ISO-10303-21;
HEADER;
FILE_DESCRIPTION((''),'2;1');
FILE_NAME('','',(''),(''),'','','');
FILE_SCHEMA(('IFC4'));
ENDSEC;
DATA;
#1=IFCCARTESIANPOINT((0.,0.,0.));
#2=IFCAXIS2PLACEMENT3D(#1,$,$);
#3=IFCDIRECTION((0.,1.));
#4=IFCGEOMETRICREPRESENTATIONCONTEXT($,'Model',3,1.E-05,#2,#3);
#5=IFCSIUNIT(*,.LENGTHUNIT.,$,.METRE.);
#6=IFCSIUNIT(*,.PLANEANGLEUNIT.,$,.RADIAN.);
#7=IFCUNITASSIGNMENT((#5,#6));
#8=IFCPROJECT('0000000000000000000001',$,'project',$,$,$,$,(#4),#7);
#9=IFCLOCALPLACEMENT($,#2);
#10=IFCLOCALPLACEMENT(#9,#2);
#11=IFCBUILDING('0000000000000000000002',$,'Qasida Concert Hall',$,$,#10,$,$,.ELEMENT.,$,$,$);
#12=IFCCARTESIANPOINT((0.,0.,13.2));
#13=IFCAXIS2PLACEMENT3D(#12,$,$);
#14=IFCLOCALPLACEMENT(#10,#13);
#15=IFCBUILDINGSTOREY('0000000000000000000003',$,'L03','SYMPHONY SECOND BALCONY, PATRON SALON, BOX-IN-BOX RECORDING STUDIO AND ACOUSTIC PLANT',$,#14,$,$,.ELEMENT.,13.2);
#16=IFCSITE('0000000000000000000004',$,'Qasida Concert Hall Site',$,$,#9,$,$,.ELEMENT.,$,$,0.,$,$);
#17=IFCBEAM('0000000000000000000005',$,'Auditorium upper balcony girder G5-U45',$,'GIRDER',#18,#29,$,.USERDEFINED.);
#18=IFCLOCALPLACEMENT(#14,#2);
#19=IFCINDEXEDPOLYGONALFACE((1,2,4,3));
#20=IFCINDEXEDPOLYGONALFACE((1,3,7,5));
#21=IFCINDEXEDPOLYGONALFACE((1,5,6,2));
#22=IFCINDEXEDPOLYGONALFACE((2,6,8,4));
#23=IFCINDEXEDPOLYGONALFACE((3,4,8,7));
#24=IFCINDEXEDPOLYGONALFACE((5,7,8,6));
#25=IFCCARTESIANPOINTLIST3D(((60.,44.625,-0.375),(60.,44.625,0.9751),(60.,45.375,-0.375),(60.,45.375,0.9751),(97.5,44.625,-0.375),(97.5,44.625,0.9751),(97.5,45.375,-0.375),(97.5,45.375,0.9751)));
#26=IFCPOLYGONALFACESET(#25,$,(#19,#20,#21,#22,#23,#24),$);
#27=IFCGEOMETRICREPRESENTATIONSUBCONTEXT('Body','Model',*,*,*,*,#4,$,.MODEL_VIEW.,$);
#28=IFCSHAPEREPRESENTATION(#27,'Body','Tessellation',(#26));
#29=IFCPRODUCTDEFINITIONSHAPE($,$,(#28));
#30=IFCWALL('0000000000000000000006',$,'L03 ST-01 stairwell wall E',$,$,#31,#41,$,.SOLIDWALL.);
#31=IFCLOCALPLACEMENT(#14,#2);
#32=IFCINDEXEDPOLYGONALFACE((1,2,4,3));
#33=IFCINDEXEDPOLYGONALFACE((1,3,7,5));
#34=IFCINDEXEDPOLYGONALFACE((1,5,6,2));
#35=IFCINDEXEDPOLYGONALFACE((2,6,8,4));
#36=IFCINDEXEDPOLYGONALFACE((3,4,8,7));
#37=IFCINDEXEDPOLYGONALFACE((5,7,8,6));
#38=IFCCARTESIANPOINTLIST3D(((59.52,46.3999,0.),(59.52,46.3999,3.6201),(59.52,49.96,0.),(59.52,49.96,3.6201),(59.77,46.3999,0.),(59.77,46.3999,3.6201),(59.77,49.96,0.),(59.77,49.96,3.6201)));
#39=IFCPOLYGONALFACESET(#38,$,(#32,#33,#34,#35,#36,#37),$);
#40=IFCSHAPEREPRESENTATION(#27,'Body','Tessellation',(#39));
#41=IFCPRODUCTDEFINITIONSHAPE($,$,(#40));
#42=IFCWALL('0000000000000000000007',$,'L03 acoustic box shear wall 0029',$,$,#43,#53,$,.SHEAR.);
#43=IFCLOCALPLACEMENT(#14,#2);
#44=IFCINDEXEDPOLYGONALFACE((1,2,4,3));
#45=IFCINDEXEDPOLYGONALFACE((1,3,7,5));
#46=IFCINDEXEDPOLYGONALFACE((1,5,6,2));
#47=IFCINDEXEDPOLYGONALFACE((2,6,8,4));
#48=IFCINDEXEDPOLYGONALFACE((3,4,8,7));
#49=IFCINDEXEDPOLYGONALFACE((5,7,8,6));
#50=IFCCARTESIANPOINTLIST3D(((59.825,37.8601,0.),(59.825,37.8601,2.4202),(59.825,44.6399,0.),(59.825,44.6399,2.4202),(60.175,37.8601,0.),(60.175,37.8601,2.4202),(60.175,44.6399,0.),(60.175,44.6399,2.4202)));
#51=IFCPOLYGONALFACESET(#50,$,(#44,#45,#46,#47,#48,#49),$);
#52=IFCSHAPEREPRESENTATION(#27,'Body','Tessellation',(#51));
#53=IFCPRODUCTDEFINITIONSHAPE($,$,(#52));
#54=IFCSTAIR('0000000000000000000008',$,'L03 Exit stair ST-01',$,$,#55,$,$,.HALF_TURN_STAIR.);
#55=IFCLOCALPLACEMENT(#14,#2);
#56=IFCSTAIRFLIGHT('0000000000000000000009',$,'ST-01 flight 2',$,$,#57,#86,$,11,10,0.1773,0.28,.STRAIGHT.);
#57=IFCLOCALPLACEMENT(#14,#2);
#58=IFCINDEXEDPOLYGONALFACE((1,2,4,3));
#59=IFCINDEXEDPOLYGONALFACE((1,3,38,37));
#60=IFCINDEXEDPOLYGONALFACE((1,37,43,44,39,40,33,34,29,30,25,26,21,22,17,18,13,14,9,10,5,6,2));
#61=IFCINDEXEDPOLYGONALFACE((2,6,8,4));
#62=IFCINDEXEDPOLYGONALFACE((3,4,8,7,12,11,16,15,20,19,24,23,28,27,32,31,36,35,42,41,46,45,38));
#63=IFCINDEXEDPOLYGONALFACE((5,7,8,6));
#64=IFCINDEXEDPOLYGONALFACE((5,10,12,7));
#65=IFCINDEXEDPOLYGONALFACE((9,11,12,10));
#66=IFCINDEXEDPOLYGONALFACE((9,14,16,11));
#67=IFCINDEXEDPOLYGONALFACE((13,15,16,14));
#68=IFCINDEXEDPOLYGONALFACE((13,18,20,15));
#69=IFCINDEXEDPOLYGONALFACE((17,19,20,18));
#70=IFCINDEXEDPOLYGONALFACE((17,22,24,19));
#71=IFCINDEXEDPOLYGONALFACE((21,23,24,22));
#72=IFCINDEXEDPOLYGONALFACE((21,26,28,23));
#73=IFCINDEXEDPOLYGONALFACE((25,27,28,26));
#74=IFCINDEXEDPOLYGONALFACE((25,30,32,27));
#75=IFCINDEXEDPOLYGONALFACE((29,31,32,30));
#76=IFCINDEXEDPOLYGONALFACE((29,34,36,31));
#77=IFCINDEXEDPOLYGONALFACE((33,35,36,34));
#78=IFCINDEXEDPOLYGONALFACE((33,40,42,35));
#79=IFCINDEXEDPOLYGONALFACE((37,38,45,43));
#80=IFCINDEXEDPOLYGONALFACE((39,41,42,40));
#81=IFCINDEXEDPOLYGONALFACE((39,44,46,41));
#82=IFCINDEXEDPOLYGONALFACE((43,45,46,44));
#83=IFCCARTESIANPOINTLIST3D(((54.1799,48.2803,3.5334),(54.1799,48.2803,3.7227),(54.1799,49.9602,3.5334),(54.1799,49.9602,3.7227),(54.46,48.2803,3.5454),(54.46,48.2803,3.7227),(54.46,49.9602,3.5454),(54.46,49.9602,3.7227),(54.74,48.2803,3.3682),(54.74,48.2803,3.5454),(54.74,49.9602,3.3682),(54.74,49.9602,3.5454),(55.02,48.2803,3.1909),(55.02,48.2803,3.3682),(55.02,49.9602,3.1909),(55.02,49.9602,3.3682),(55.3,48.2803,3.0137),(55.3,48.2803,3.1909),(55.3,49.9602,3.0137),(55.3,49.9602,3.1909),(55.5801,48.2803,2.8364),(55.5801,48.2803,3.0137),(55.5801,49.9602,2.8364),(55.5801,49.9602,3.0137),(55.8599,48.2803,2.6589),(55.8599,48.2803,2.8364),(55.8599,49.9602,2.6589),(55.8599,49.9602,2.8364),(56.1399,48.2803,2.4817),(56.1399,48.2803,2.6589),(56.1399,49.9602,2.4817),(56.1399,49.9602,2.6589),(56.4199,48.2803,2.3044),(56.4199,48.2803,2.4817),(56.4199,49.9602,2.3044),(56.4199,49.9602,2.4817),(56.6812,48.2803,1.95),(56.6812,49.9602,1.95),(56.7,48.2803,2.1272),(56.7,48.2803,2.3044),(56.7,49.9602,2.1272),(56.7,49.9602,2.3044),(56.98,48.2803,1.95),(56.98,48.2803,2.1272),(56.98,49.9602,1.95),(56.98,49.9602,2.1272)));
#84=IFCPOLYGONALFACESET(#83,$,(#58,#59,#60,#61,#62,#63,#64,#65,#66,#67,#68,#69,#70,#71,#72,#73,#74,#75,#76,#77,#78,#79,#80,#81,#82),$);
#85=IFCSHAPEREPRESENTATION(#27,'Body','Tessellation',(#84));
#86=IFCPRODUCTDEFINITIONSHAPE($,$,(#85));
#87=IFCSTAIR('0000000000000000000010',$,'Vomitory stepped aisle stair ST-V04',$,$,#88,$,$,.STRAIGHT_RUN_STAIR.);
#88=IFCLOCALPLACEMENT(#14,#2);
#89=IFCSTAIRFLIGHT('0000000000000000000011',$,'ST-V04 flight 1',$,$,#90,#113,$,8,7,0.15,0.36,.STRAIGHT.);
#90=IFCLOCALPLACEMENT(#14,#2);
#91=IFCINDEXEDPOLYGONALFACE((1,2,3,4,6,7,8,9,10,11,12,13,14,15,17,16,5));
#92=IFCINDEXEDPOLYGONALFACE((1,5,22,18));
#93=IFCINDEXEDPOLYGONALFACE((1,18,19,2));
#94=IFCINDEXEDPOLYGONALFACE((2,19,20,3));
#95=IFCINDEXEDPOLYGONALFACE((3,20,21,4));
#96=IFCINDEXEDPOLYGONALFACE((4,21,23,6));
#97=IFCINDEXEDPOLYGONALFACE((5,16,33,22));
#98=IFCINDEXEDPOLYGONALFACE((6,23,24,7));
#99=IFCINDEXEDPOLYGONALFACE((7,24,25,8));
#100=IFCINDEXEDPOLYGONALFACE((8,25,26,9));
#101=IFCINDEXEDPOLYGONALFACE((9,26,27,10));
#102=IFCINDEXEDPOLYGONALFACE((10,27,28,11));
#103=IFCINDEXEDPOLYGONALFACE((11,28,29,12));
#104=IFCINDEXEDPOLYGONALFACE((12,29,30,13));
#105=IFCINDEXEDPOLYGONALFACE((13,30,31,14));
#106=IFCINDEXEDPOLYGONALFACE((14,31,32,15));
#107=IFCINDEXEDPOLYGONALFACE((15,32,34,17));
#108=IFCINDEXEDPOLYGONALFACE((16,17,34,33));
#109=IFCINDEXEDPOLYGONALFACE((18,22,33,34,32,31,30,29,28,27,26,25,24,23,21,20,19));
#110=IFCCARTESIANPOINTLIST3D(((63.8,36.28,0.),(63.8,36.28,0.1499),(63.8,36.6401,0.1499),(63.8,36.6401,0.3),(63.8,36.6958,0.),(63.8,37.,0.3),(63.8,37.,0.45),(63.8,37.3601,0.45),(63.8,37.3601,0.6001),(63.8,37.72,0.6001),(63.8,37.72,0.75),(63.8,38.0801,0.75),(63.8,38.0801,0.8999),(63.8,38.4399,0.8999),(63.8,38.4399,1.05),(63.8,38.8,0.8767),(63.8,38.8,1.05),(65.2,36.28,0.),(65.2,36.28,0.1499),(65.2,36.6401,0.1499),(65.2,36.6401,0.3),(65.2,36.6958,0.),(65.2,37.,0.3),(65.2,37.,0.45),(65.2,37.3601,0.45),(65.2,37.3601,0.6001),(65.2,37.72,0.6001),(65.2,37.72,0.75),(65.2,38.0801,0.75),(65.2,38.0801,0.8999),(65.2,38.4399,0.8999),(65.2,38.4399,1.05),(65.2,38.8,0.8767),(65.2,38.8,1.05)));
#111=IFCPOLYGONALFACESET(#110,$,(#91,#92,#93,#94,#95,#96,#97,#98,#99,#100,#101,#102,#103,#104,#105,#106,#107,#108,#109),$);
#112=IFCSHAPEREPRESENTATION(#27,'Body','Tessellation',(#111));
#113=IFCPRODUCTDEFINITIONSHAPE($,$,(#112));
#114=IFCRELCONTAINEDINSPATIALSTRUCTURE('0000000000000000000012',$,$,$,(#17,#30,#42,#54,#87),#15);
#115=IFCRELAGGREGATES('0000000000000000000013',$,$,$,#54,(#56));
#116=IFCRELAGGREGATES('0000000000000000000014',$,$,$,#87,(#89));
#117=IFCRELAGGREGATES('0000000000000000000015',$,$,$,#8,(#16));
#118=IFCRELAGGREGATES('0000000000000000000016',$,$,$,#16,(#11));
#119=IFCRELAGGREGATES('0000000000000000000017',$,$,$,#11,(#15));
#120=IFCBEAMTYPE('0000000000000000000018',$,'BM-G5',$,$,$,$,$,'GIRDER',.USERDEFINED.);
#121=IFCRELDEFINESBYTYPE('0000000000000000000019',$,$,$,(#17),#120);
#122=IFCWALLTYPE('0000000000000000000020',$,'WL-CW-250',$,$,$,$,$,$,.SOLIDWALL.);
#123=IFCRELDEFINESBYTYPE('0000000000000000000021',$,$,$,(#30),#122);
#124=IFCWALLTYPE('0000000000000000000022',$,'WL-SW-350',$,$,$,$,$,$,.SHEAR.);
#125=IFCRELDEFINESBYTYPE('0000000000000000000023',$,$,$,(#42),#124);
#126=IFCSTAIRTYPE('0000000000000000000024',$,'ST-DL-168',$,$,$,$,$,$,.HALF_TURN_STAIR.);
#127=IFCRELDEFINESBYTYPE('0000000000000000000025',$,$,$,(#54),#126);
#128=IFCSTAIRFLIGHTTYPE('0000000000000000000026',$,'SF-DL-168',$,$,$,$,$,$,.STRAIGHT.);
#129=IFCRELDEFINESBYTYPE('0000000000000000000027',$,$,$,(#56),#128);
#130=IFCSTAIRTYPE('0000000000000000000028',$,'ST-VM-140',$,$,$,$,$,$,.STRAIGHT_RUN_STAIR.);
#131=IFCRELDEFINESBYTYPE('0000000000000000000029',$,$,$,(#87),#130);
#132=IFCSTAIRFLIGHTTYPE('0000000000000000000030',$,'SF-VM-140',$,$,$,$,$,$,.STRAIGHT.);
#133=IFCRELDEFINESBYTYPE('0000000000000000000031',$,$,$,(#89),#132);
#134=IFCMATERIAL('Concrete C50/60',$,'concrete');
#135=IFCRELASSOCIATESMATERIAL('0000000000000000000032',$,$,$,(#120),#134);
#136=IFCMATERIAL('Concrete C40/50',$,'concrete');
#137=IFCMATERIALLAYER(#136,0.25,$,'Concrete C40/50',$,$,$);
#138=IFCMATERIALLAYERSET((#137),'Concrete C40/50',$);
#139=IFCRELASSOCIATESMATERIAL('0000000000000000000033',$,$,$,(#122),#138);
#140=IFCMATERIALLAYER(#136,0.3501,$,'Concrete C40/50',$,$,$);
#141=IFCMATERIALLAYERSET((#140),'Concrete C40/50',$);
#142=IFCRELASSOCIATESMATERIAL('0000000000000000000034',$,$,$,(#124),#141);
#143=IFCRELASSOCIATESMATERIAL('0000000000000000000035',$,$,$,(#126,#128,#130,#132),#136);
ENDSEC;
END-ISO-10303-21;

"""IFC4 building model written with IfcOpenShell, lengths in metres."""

from ifc_helpers import new_model, si_unit, direction, frame, frame_2d, origin, origin_2d, place, context, subcontext, project, spatial, polyline, rectangle, outline, extrude, material, layer, layer_set, material_profile, profile_set, type_object, element, aggregate, save


model = new_model("IFC4")

# Units and contexts
model_context = context("Model", 3, precision=1e-05, world=origin(), true_north=direction((0.0, 1.0)))
body_context = subcontext(model_context, "Body", "Model", "MODEL_VIEW")
ifc_project = project(units=[si_unit("LENGTHUNIT", "METRE"), si_unit("PLANEANGLEUNIT", "RADIAN")], contexts=[model_context])

# Site, building, storey
site_placement = place(None, origin())
site = spatial("IfcSite", under=ifc_project, at=site_placement, Name="Qasida Concert Hall Site", CompositionType="ELEMENT", RefElevation=0.0)
building_placement = place(site_placement, origin())
building = spatial("IfcBuilding", under=site, at=building_placement, Name="Qasida Concert Hall", CompositionType="ELEMENT")
storey_placement = place(building_placement, frame((0.0, 0.0, 13.2)))
storey = spatial("IfcBuildingStorey", under=building, at=storey_placement, Name="L03", Description="SYMPHONY SECOND BALCONY, PATRON SALON, BOX-IN-BOX RECORDING STUDIO AND ACOUSTIC PLANT", CompositionType="ELEMENT", Elevation=13.2)

# Shared definitions
ifc_material_1 = material(Name="Concrete C50/60", Category="concrete")

# Beam
ifc_material_2 = material(Name="Concrete C40/50", Category="concrete")
ifc_material_profile_1 = material_profile(ifc_material_1, rectangle(XDim=0.75, YDim=1.3501, at=origin_2d()), Name="RC 750x1350")
ifc_profile_set_1 = profile_set([ifc_material_profile_1], Name="Concrete C50/60")
beam_type_1 = type_object("IfcBeamType", Name="BM-G5", ElementType="GIRDER", PredefinedType="USERDEFINED", material=ifc_profile_set_1)
beam_1_placement = place(storey_placement, frame((60.0, 45.0, 0.3), z_axis=(1.0, 0.0, 0.0), x_axis=(0.0, 1.0, 0.0)))
element("IfcBeam", 1, at=beam_1_placement, inside=storey, type_object=beam_type_1, Name="Auditorium upper balcony girder G5-U45", ObjectType="GIRDER", PredefinedType="USERDEFINED", context=body_context, shape_type="SweptSolid", body=[
    extrude(rectangle(XDim=0.75, YDim=1.3501, at=origin_2d()), origin(), (0.0, 0.0, 1.0), 37.5),
])

# Walls
ifc_layer_1 = layer(ifc_material_2, 0.25, Name="Concrete C40/50")
ifc_layer_set_1 = layer_set([ifc_layer_1], Name="Concrete C40/50")
wall_type_1 = type_object("IfcWallType", Name="WL-CW-250", PredefinedType="SOLIDWALL", material=ifc_layer_set_1)
wall_1_placement = place(storey_placement, frame((59.645, 46.3999, 0.0), z_axis=(0.0, 0.0, 1.0), x_axis=(0.0, 1.0, 0.0)))
element("IfcWall", 2, at=wall_1_placement, inside=storey, type_object=wall_type_1, Name="L03 ST-01 stairwell wall E", PredefinedType="SOLIDWALL", context=body_context, shape_type="SweptSolid", body=[
    extrude(rectangle(XDim=3.5601, YDim=0.25, at=frame_2d((1.78, 0.0))), origin(), (0.0, 0.0, 1.0), 3.6201),
])
ifc_layer_2 = layer(ifc_material_2, 0.3501, Name="Concrete C40/50")
ifc_layer_set_2 = layer_set([ifc_layer_2], Name="Concrete C40/50")
wall_type_2 = type_object("IfcWallType", Name="WL-SW-350", PredefinedType="SHEAR", material=ifc_layer_set_2)
wall_2_placement = place(storey_placement, frame((60.0, 37.8601, 0.0), z_axis=(0.0, 0.0, 1.0), x_axis=(0.0, 1.0, 0.0)))
element("IfcWall", 3, at=wall_2_placement, inside=storey, type_object=wall_type_2, Name="L03 acoustic box shear wall 0029", PredefinedType="SHEAR", context=body_context, shape_type="SweptSolid", body=[
    extrude(rectangle(XDim=6.7798, YDim=0.3501, at=frame_2d((3.3899, 0.0))), origin(), (0.0, 0.0, 1.0), 2.4202),
])

# Stairs, stair flights
stair_type_1 = type_object("IfcStairType", Name="ST-DL-168", PredefinedType="HALF_TURN_STAIR", material=ifc_material_2)
stair_1_placement = place(storey_placement, origin())
stair_1 = element("IfcStair", 4, at=stair_1_placement, inside=storey, type_object=stair_type_1, Name="L03 Exit stair ST-01", PredefinedType="HALF_TURN_STAIR")
stair_flight_type_1 = type_object("IfcStairFlightType", Name="SF-DL-168", PredefinedType="STRAIGHT", material=ifc_material_2)
stair_flight_1_placement = place(storey_placement, frame((56.98, 49.1201, 1.95), z_axis=(0.0, 0.0, 1.0), x_axis=(-1.0, 0.0, 0.0)))
stair_flight_1 = element("IfcStairFlight", 5, at=stair_flight_1_placement, type_object=stair_flight_type_1, Name="ST-01 flight 2", NumberOfRisers=11, NumberOfTreads=10, PredefinedType="STRAIGHT", RiserHeight=0.1773, TreadLength=0.28, context=body_context, shape_type="SweptSolid", body=[
    extrude(outline(polyline([(0.0, 0.0), (0.0, 0.1772), (0.28, 0.1772), (0.28, 0.3545), (0.5601, 0.3545), (0.5601, 0.5317), (0.8401, 0.5317), (0.8401, 0.709), (1.1201, 0.709), (1.1201, 0.8865), (1.3999, 0.8865), (1.3999, 1.0637), (1.6799, 1.0637), (1.6799, 1.241), (1.96, 1.241), (1.96, 1.4182), (2.24, 1.4182), (2.24, 1.5955), (2.52, 1.5955), (2.52, 1.7727), (2.8, 1.7727), (2.8, 1.95), (2.8, 1.5835), (0.2988, 0.0), (0.0, 0.0)])), frame((0.0, 0.8398, 0.0), z_axis=(0.0, -1.0, 0.0), x_axis=(1.0, 0.0, 0.0)), (0.0, 0.0, 1.0), 1.6799),
])
aggregate(stair_1, [stair_flight_1])
stair_type_2 = type_object("IfcStairType", Name="ST-VM-140", PredefinedType="STRAIGHT_RUN_STAIR", material=ifc_material_2)
stair_2_placement = place(storey_placement, origin())
stair_2 = element("IfcStair", 6, at=stair_2_placement, inside=storey, type_object=stair_type_2, Name="Vomitory stepped aisle stair ST-V04", PredefinedType="STRAIGHT_RUN_STAIR")
stair_flight_type_2 = type_object("IfcStairFlightType", Name="SF-VM-140", PredefinedType="STRAIGHT", material=ifc_material_2)
stair_flight_2_placement = place(storey_placement, frame((64.5, 36.28, 0.0), z_axis=(0.0, 0.0, 1.0), x_axis=(0.0, 1.0, 0.0)))
stair_flight_2 = element("IfcStairFlight", 7, at=stair_flight_2_placement, type_object=stair_flight_type_2, Name="ST-V04 flight 1", NumberOfRisers=8, NumberOfTreads=7, PredefinedType="STRAIGHT", RiserHeight=0.15, TreadLength=0.36, context=body_context, shape_type="SweptSolid", body=[
    extrude(outline(polyline([(0.0, 0.0), (0.0, 0.1499), (0.3601, 0.1499), (0.3601, 0.3), (0.72, 0.3), (0.72, 0.45), (1.0801, 0.45), (1.0801, 0.6001), (1.4399, 0.6001), (1.4399, 0.75), (1.8, 0.75), (1.8, 0.8999), (2.1599, 0.8999), (2.1599, 1.05), (2.52, 1.05), (2.52, 1.2), (2.52, 0.8767), (0.4158, 0.0), (0.0, 0.0)])), frame((0.0, 0.7, 0.0), z_axis=(0.0, -1.0, 0.0), x_axis=(1.0, 0.0, 0.0)), (0.0, 0.0, 1.0), 1.3999),
])
aggregate(stair_2, [stair_flight_2])

save(model, "model.ifc")
